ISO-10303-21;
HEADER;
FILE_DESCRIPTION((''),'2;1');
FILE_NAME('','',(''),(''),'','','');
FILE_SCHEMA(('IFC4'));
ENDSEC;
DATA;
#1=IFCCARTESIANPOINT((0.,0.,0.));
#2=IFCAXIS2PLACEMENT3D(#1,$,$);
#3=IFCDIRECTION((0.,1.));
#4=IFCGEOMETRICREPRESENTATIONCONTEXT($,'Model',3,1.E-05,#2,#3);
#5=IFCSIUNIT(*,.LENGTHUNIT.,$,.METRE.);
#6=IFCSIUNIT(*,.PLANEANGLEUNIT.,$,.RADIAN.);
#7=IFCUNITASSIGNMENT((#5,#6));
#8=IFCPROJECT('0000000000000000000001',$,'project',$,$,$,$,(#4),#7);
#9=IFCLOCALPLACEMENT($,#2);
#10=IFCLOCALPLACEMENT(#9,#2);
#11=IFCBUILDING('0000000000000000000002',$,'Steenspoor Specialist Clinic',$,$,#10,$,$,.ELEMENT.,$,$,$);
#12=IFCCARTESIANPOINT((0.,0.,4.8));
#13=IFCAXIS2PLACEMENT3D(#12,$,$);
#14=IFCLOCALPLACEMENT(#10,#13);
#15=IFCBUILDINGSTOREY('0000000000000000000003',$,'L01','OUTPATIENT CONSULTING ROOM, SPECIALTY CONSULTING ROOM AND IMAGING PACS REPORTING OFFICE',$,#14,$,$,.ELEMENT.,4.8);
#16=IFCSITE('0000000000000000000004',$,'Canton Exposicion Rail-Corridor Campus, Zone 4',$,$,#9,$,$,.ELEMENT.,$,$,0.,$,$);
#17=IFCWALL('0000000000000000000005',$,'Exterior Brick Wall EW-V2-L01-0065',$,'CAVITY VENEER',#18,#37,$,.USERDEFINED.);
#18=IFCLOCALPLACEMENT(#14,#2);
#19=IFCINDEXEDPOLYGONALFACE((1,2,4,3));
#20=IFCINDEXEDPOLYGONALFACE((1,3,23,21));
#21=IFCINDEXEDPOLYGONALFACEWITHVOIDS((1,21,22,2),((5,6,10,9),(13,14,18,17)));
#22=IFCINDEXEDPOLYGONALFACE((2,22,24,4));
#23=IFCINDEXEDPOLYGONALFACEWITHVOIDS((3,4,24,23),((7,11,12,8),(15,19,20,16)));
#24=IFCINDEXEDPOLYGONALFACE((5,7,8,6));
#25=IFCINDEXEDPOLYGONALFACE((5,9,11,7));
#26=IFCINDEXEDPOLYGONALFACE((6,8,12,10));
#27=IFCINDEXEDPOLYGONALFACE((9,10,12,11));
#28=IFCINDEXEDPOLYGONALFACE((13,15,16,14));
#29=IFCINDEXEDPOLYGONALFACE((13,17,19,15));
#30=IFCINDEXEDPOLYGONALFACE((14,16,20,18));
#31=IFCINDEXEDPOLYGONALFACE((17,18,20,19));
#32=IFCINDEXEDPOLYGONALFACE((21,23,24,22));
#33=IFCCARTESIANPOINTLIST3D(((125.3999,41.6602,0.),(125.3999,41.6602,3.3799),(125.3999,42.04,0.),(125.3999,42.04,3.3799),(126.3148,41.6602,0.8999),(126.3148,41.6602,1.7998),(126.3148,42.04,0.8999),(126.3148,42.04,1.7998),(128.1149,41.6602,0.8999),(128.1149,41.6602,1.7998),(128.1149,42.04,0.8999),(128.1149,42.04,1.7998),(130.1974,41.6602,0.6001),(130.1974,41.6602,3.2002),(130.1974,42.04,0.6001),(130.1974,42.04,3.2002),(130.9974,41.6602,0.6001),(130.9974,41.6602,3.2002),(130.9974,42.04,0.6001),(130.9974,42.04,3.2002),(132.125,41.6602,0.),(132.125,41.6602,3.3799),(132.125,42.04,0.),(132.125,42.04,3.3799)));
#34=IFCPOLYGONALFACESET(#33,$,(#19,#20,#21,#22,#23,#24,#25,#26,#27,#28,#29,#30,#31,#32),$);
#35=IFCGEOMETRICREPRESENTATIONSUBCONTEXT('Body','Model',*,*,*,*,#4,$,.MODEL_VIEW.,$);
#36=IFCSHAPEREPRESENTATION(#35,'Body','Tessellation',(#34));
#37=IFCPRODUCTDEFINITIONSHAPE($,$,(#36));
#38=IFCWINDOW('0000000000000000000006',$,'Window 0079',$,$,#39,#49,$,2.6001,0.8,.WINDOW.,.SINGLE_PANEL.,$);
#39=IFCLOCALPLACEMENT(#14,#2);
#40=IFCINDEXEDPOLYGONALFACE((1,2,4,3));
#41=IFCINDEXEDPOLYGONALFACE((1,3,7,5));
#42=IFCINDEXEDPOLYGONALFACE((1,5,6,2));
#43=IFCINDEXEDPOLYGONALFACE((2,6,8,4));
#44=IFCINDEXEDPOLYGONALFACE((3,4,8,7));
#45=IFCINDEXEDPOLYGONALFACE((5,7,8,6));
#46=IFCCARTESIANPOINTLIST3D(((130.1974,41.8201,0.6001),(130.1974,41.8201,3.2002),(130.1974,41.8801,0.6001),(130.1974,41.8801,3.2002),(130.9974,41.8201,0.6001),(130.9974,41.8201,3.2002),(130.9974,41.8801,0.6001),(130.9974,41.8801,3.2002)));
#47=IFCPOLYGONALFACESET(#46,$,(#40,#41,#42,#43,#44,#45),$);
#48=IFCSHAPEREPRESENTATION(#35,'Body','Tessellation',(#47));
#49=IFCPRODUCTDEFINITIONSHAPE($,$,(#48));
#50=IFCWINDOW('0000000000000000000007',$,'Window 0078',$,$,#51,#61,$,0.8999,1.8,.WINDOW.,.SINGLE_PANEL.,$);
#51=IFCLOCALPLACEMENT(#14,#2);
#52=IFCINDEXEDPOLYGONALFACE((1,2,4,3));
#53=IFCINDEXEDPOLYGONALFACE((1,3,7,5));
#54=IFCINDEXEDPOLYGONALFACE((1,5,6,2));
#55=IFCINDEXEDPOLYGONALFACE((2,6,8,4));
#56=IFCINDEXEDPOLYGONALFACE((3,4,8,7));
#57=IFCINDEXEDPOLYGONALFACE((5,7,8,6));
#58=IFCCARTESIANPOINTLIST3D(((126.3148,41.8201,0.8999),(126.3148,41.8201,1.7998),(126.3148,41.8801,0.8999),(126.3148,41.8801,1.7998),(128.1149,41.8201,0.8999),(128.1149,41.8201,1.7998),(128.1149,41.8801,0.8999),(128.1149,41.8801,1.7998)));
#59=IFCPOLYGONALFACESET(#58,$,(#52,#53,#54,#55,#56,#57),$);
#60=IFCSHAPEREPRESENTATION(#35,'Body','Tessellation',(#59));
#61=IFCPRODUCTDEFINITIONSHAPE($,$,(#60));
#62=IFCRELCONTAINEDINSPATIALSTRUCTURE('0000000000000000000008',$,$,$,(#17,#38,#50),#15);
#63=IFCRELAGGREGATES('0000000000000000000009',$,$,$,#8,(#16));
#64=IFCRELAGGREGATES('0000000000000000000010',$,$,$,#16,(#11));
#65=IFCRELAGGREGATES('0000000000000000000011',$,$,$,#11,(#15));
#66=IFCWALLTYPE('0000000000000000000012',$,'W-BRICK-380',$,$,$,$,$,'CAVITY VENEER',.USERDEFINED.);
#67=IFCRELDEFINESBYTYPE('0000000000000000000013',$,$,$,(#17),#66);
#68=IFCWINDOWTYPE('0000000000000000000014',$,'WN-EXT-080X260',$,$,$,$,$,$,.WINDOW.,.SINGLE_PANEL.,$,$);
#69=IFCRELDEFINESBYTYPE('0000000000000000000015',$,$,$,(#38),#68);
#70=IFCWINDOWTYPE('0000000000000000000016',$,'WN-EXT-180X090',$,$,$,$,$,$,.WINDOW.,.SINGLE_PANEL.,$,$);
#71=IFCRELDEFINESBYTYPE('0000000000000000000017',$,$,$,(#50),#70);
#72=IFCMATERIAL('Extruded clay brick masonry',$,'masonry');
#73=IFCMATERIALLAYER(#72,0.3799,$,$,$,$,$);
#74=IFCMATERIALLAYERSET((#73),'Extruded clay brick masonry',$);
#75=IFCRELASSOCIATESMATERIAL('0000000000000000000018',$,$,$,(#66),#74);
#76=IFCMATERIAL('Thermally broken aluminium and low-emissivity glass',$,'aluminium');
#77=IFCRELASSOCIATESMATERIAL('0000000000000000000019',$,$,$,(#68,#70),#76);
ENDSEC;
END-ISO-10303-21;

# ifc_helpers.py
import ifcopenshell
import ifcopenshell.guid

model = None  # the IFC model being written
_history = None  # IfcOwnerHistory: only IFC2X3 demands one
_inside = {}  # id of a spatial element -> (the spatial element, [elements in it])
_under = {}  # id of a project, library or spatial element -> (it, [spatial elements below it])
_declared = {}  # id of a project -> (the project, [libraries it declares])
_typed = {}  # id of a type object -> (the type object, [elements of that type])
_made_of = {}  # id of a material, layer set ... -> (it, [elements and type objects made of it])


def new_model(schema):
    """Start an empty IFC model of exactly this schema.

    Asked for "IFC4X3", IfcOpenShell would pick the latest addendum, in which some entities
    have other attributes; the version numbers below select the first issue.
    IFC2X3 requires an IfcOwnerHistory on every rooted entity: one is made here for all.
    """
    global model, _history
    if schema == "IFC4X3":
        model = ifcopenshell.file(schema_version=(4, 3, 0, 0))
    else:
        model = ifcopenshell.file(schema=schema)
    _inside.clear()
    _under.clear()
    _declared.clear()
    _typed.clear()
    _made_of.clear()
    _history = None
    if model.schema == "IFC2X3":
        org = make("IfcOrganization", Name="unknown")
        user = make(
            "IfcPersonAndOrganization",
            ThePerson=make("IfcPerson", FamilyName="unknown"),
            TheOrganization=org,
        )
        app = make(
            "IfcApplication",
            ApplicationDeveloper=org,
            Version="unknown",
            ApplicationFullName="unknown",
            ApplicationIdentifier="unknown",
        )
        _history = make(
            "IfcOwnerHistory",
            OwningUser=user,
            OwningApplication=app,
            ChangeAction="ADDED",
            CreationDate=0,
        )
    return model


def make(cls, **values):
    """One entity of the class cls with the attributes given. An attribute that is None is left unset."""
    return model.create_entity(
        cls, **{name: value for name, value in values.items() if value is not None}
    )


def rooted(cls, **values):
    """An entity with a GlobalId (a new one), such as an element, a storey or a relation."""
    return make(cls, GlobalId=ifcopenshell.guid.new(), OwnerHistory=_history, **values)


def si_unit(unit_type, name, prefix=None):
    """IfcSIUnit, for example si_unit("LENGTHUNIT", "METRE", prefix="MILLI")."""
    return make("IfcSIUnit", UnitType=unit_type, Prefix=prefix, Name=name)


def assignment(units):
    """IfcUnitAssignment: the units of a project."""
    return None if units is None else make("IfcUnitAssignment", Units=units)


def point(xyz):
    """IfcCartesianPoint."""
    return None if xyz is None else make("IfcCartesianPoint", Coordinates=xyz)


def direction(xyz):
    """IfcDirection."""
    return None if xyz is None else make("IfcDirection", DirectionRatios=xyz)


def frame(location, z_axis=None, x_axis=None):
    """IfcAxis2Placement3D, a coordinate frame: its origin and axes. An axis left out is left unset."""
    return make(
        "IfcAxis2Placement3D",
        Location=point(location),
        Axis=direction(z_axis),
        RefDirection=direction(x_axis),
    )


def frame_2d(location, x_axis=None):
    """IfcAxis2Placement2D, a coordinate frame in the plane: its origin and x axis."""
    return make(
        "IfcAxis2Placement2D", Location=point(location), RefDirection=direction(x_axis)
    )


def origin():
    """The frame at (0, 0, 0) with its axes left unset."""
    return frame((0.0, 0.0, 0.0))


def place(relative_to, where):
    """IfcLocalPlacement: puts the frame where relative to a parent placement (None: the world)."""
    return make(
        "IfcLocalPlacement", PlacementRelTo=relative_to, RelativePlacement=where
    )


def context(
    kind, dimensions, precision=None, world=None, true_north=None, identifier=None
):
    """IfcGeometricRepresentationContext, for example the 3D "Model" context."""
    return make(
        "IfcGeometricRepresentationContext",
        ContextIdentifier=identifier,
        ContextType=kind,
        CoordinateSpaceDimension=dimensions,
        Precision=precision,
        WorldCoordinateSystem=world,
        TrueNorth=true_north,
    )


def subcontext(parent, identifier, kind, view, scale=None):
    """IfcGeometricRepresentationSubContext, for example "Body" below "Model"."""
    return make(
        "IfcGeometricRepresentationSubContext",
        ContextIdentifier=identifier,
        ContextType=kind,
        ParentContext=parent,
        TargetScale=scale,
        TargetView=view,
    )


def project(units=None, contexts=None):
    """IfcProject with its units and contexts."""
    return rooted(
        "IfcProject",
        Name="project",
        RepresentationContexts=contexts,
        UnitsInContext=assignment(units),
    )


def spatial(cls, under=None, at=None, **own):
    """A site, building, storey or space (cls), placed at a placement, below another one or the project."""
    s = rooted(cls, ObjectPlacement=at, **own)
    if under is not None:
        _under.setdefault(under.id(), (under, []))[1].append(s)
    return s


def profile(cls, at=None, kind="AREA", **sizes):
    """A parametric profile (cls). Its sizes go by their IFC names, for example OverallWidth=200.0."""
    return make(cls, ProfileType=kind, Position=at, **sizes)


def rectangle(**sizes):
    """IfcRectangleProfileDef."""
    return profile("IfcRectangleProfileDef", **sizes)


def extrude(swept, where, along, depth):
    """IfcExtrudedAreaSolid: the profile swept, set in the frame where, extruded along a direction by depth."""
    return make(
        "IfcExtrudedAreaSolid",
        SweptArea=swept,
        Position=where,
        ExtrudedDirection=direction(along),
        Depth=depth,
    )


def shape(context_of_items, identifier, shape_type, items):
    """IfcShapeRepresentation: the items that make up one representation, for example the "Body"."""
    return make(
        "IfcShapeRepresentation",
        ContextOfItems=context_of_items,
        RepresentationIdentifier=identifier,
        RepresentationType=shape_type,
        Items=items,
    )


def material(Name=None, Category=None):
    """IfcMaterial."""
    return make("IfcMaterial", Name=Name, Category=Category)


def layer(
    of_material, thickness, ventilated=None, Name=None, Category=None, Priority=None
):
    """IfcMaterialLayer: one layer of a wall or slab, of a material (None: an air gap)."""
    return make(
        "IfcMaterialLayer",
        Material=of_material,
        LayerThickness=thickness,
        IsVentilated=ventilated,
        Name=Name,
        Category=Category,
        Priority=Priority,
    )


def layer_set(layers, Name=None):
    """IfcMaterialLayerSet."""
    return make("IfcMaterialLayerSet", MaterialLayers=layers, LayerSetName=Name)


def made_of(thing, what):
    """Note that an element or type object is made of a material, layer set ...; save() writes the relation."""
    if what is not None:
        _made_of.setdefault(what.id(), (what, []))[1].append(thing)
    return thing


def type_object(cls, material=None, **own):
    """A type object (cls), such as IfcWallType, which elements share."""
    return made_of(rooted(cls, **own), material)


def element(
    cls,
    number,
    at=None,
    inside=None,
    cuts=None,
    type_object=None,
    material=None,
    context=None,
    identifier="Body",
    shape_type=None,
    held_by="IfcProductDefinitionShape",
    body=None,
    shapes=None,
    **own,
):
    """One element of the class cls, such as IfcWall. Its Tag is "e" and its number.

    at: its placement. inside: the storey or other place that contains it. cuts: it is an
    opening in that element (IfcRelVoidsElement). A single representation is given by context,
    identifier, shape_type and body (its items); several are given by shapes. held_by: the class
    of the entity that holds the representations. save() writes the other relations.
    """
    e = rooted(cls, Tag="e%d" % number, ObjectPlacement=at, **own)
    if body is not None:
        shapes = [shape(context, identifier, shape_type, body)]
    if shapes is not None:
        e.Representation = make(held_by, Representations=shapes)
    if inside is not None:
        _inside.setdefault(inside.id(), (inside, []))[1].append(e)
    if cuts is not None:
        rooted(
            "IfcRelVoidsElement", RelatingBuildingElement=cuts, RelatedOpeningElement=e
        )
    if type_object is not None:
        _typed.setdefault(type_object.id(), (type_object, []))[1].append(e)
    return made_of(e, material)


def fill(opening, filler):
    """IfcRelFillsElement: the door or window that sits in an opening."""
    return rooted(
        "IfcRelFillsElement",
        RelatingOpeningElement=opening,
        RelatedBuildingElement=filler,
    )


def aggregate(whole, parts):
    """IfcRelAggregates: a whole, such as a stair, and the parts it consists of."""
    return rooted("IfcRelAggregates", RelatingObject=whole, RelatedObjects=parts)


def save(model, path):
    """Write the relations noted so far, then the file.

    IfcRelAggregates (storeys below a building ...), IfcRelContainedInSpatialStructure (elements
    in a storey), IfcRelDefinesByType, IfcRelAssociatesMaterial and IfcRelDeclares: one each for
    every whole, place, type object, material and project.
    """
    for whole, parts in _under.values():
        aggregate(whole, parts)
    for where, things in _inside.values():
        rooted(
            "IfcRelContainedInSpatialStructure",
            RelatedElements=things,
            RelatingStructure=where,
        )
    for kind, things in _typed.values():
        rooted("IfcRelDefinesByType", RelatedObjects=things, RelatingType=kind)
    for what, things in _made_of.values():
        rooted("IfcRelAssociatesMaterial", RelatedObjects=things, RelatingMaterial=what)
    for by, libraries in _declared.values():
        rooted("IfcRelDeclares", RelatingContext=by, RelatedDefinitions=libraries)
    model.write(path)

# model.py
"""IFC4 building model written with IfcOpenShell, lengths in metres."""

from ifc_helpers import new_model, si_unit, direction, frame, frame_2d, origin, place, context, subcontext, project, spatial, rectangle, extrude, material, layer, layer_set, type_object, element, fill, save


model = new_model("IFC4")

# Units and contexts
model_context = context("Model", 3, precision=1e-05, world=origin(), true_north=direction((0.0, 1.0)))
body_context = subcontext(model_context, "Body", "Model", "MODEL_VIEW")
ifc_project = project(units=[si_unit("LENGTHUNIT", "METRE"), si_unit("PLANEANGLEUNIT", "RADIAN")], contexts=[model_context])

# Site, building, storey
site_placement = place(None, origin())
site = spatial("IfcSite", under=ifc_project, at=site_placement, Name="Canton Exposicion Rail-Corridor Campus, Zone 4", CompositionType="ELEMENT", RefElevation=0.0)
building_placement = place(site_placement, origin())
building = spatial("IfcBuilding", under=site, at=building_placement, Name="Steenspoor Specialist Clinic", CompositionType="ELEMENT")
storey_placement = place(building_placement, frame((0.0, 0.0, 4.8)))
storey = spatial("IfcBuildingStorey", under=building, at=storey_placement, Name="L01", Description="OUTPATIENT CONSULTING ROOM, SPECIALTY CONSULTING ROOM AND IMAGING PACS REPORTING OFFICE", CompositionType="ELEMENT", Elevation=4.8)

# Shared definitions
ifc_material_1 = material(Name="Thermally broken aluminium and low-emissivity glass", Category="aluminium")

# Wall, openings, windows
ifc_material_2 = material(Name="Extruded clay brick masonry", Category="masonry")
ifc_layer_1 = layer(ifc_material_2, 0.3799)
ifc_layer_set_1 = layer_set([ifc_layer_1], Name="Extruded clay brick masonry")
wall_type = type_object("IfcWallType", Name="W-BRICK-380", ElementType="CAVITY VENEER", PredefinedType="USERDEFINED", material=ifc_layer_set_1)
wall_placement = place(storey_placement, frame((125.3999, 41.8501, 0.0), z_axis=(0.0, 0.0, 1.0), x_axis=(1.0, 0.0, 0.0)))
wall = element("IfcWall", 1, at=wall_placement, inside=storey, type_object=wall_type, Name="Exterior Brick Wall EW-V2-L01-0065", ObjectType="CAVITY VENEER", PredefinedType="USERDEFINED", context=body_context, shape_type="SweptSolid", body=[
    extrude(rectangle(XDim=6.7251, YDim=0.3799, at=frame_2d((3.3625, 0.0))), origin(), (0.0, 0.0, 1.0), 3.3799),
])
opening_1_placement = place(wall_placement, frame((0.915, 0.0, 0.8999)))
opening_1 = element("IfcOpeningElement", 2, at=opening_1_placement, cuts=wall, PredefinedType="OPENING", context=body_context, shape_type="SweptSolid", body=[
    extrude(rectangle(XDim=1.8, YDim=0.8999, at=frame_2d((0.8999, 0.45))), frame((0.0, 0.2, 0.0), z_axis=(0.0, -1.0, 0.0), x_axis=(1.0, 0.0, 0.0)), (0.0, 0.0, 1.0), 0.3999),
])
opening_2_placement = place(wall_placement, frame((4.7976, 0.0, 0.6001)))
opening_2 = element("IfcOpeningElement", 3, at=opening_2_placement, cuts=wall, PredefinedType="OPENING", context=body_context, shape_type="SweptSolid", body=[
    extrude(rectangle(XDim=0.8, YDim=2.6001, at=frame_2d((0.3999, 1.3))), frame((0.0, 0.2, 0.0), z_axis=(0.0, -1.0, 0.0), x_axis=(1.0, 0.0, 0.0)), (0.0, 0.0, 1.0), 0.3999),
])
window_type_1 = type_object("IfcWindowType", Name="WN-EXT-080X260", PartitioningType="SINGLE_PANEL", PredefinedType="WINDOW", material=ifc_material_1)
window_1_placement = place(opening_2_placement, origin())
window_1 = element("IfcWindow", 4, at=window_1_placement, inside=storey, type_object=window_type_1, Name="Window 0079", OverallHeight=2.6001, OverallWidth=0.8, PartitioningType="SINGLE_PANEL", PredefinedType="WINDOW", context=body_context, shape_type="SweptSolid", body=[
    extrude(rectangle(XDim=0.8, YDim=2.6001, at=frame_2d((0.3999, 1.3))), frame((0.0, 0.03, 0.0), z_axis=(0.0, -1.0, 0.0), x_axis=(1.0, 0.0, 0.0)), (0.0, 0.0, 1.0), 0.0601),
])
fill(opening_2, window_1)
window_type_2 = type_object("IfcWindowType", Name="WN-EXT-180X090", PartitioningType="SINGLE_PANEL", PredefinedType="WINDOW", material=ifc_material_1)
window_2_placement = place(opening_1_placement, origin())
window_2 = element("IfcWindow", 5, at=window_2_placement, inside=storey, type_object=window_type_2, Name="Window 0078", OverallHeight=0.8999, OverallWidth=1.8, PartitioningType="SINGLE_PANEL", PredefinedType="WINDOW", context=body_context, shape_type="SweptSolid", body=[
    extrude(rectangle(XDim=1.8, YDim=0.8999, at=frame_2d((0.8999, 0.45))), frame((0.0, 0.03, 0.0), z_axis=(0.0, -1.0, 0.0), x_axis=(1.0, 0.0, 0.0)), (0.0, 0.0, 1.0), 0.0601),
])
fill(opening_1, window_2)

save(model, "model.ifc")
